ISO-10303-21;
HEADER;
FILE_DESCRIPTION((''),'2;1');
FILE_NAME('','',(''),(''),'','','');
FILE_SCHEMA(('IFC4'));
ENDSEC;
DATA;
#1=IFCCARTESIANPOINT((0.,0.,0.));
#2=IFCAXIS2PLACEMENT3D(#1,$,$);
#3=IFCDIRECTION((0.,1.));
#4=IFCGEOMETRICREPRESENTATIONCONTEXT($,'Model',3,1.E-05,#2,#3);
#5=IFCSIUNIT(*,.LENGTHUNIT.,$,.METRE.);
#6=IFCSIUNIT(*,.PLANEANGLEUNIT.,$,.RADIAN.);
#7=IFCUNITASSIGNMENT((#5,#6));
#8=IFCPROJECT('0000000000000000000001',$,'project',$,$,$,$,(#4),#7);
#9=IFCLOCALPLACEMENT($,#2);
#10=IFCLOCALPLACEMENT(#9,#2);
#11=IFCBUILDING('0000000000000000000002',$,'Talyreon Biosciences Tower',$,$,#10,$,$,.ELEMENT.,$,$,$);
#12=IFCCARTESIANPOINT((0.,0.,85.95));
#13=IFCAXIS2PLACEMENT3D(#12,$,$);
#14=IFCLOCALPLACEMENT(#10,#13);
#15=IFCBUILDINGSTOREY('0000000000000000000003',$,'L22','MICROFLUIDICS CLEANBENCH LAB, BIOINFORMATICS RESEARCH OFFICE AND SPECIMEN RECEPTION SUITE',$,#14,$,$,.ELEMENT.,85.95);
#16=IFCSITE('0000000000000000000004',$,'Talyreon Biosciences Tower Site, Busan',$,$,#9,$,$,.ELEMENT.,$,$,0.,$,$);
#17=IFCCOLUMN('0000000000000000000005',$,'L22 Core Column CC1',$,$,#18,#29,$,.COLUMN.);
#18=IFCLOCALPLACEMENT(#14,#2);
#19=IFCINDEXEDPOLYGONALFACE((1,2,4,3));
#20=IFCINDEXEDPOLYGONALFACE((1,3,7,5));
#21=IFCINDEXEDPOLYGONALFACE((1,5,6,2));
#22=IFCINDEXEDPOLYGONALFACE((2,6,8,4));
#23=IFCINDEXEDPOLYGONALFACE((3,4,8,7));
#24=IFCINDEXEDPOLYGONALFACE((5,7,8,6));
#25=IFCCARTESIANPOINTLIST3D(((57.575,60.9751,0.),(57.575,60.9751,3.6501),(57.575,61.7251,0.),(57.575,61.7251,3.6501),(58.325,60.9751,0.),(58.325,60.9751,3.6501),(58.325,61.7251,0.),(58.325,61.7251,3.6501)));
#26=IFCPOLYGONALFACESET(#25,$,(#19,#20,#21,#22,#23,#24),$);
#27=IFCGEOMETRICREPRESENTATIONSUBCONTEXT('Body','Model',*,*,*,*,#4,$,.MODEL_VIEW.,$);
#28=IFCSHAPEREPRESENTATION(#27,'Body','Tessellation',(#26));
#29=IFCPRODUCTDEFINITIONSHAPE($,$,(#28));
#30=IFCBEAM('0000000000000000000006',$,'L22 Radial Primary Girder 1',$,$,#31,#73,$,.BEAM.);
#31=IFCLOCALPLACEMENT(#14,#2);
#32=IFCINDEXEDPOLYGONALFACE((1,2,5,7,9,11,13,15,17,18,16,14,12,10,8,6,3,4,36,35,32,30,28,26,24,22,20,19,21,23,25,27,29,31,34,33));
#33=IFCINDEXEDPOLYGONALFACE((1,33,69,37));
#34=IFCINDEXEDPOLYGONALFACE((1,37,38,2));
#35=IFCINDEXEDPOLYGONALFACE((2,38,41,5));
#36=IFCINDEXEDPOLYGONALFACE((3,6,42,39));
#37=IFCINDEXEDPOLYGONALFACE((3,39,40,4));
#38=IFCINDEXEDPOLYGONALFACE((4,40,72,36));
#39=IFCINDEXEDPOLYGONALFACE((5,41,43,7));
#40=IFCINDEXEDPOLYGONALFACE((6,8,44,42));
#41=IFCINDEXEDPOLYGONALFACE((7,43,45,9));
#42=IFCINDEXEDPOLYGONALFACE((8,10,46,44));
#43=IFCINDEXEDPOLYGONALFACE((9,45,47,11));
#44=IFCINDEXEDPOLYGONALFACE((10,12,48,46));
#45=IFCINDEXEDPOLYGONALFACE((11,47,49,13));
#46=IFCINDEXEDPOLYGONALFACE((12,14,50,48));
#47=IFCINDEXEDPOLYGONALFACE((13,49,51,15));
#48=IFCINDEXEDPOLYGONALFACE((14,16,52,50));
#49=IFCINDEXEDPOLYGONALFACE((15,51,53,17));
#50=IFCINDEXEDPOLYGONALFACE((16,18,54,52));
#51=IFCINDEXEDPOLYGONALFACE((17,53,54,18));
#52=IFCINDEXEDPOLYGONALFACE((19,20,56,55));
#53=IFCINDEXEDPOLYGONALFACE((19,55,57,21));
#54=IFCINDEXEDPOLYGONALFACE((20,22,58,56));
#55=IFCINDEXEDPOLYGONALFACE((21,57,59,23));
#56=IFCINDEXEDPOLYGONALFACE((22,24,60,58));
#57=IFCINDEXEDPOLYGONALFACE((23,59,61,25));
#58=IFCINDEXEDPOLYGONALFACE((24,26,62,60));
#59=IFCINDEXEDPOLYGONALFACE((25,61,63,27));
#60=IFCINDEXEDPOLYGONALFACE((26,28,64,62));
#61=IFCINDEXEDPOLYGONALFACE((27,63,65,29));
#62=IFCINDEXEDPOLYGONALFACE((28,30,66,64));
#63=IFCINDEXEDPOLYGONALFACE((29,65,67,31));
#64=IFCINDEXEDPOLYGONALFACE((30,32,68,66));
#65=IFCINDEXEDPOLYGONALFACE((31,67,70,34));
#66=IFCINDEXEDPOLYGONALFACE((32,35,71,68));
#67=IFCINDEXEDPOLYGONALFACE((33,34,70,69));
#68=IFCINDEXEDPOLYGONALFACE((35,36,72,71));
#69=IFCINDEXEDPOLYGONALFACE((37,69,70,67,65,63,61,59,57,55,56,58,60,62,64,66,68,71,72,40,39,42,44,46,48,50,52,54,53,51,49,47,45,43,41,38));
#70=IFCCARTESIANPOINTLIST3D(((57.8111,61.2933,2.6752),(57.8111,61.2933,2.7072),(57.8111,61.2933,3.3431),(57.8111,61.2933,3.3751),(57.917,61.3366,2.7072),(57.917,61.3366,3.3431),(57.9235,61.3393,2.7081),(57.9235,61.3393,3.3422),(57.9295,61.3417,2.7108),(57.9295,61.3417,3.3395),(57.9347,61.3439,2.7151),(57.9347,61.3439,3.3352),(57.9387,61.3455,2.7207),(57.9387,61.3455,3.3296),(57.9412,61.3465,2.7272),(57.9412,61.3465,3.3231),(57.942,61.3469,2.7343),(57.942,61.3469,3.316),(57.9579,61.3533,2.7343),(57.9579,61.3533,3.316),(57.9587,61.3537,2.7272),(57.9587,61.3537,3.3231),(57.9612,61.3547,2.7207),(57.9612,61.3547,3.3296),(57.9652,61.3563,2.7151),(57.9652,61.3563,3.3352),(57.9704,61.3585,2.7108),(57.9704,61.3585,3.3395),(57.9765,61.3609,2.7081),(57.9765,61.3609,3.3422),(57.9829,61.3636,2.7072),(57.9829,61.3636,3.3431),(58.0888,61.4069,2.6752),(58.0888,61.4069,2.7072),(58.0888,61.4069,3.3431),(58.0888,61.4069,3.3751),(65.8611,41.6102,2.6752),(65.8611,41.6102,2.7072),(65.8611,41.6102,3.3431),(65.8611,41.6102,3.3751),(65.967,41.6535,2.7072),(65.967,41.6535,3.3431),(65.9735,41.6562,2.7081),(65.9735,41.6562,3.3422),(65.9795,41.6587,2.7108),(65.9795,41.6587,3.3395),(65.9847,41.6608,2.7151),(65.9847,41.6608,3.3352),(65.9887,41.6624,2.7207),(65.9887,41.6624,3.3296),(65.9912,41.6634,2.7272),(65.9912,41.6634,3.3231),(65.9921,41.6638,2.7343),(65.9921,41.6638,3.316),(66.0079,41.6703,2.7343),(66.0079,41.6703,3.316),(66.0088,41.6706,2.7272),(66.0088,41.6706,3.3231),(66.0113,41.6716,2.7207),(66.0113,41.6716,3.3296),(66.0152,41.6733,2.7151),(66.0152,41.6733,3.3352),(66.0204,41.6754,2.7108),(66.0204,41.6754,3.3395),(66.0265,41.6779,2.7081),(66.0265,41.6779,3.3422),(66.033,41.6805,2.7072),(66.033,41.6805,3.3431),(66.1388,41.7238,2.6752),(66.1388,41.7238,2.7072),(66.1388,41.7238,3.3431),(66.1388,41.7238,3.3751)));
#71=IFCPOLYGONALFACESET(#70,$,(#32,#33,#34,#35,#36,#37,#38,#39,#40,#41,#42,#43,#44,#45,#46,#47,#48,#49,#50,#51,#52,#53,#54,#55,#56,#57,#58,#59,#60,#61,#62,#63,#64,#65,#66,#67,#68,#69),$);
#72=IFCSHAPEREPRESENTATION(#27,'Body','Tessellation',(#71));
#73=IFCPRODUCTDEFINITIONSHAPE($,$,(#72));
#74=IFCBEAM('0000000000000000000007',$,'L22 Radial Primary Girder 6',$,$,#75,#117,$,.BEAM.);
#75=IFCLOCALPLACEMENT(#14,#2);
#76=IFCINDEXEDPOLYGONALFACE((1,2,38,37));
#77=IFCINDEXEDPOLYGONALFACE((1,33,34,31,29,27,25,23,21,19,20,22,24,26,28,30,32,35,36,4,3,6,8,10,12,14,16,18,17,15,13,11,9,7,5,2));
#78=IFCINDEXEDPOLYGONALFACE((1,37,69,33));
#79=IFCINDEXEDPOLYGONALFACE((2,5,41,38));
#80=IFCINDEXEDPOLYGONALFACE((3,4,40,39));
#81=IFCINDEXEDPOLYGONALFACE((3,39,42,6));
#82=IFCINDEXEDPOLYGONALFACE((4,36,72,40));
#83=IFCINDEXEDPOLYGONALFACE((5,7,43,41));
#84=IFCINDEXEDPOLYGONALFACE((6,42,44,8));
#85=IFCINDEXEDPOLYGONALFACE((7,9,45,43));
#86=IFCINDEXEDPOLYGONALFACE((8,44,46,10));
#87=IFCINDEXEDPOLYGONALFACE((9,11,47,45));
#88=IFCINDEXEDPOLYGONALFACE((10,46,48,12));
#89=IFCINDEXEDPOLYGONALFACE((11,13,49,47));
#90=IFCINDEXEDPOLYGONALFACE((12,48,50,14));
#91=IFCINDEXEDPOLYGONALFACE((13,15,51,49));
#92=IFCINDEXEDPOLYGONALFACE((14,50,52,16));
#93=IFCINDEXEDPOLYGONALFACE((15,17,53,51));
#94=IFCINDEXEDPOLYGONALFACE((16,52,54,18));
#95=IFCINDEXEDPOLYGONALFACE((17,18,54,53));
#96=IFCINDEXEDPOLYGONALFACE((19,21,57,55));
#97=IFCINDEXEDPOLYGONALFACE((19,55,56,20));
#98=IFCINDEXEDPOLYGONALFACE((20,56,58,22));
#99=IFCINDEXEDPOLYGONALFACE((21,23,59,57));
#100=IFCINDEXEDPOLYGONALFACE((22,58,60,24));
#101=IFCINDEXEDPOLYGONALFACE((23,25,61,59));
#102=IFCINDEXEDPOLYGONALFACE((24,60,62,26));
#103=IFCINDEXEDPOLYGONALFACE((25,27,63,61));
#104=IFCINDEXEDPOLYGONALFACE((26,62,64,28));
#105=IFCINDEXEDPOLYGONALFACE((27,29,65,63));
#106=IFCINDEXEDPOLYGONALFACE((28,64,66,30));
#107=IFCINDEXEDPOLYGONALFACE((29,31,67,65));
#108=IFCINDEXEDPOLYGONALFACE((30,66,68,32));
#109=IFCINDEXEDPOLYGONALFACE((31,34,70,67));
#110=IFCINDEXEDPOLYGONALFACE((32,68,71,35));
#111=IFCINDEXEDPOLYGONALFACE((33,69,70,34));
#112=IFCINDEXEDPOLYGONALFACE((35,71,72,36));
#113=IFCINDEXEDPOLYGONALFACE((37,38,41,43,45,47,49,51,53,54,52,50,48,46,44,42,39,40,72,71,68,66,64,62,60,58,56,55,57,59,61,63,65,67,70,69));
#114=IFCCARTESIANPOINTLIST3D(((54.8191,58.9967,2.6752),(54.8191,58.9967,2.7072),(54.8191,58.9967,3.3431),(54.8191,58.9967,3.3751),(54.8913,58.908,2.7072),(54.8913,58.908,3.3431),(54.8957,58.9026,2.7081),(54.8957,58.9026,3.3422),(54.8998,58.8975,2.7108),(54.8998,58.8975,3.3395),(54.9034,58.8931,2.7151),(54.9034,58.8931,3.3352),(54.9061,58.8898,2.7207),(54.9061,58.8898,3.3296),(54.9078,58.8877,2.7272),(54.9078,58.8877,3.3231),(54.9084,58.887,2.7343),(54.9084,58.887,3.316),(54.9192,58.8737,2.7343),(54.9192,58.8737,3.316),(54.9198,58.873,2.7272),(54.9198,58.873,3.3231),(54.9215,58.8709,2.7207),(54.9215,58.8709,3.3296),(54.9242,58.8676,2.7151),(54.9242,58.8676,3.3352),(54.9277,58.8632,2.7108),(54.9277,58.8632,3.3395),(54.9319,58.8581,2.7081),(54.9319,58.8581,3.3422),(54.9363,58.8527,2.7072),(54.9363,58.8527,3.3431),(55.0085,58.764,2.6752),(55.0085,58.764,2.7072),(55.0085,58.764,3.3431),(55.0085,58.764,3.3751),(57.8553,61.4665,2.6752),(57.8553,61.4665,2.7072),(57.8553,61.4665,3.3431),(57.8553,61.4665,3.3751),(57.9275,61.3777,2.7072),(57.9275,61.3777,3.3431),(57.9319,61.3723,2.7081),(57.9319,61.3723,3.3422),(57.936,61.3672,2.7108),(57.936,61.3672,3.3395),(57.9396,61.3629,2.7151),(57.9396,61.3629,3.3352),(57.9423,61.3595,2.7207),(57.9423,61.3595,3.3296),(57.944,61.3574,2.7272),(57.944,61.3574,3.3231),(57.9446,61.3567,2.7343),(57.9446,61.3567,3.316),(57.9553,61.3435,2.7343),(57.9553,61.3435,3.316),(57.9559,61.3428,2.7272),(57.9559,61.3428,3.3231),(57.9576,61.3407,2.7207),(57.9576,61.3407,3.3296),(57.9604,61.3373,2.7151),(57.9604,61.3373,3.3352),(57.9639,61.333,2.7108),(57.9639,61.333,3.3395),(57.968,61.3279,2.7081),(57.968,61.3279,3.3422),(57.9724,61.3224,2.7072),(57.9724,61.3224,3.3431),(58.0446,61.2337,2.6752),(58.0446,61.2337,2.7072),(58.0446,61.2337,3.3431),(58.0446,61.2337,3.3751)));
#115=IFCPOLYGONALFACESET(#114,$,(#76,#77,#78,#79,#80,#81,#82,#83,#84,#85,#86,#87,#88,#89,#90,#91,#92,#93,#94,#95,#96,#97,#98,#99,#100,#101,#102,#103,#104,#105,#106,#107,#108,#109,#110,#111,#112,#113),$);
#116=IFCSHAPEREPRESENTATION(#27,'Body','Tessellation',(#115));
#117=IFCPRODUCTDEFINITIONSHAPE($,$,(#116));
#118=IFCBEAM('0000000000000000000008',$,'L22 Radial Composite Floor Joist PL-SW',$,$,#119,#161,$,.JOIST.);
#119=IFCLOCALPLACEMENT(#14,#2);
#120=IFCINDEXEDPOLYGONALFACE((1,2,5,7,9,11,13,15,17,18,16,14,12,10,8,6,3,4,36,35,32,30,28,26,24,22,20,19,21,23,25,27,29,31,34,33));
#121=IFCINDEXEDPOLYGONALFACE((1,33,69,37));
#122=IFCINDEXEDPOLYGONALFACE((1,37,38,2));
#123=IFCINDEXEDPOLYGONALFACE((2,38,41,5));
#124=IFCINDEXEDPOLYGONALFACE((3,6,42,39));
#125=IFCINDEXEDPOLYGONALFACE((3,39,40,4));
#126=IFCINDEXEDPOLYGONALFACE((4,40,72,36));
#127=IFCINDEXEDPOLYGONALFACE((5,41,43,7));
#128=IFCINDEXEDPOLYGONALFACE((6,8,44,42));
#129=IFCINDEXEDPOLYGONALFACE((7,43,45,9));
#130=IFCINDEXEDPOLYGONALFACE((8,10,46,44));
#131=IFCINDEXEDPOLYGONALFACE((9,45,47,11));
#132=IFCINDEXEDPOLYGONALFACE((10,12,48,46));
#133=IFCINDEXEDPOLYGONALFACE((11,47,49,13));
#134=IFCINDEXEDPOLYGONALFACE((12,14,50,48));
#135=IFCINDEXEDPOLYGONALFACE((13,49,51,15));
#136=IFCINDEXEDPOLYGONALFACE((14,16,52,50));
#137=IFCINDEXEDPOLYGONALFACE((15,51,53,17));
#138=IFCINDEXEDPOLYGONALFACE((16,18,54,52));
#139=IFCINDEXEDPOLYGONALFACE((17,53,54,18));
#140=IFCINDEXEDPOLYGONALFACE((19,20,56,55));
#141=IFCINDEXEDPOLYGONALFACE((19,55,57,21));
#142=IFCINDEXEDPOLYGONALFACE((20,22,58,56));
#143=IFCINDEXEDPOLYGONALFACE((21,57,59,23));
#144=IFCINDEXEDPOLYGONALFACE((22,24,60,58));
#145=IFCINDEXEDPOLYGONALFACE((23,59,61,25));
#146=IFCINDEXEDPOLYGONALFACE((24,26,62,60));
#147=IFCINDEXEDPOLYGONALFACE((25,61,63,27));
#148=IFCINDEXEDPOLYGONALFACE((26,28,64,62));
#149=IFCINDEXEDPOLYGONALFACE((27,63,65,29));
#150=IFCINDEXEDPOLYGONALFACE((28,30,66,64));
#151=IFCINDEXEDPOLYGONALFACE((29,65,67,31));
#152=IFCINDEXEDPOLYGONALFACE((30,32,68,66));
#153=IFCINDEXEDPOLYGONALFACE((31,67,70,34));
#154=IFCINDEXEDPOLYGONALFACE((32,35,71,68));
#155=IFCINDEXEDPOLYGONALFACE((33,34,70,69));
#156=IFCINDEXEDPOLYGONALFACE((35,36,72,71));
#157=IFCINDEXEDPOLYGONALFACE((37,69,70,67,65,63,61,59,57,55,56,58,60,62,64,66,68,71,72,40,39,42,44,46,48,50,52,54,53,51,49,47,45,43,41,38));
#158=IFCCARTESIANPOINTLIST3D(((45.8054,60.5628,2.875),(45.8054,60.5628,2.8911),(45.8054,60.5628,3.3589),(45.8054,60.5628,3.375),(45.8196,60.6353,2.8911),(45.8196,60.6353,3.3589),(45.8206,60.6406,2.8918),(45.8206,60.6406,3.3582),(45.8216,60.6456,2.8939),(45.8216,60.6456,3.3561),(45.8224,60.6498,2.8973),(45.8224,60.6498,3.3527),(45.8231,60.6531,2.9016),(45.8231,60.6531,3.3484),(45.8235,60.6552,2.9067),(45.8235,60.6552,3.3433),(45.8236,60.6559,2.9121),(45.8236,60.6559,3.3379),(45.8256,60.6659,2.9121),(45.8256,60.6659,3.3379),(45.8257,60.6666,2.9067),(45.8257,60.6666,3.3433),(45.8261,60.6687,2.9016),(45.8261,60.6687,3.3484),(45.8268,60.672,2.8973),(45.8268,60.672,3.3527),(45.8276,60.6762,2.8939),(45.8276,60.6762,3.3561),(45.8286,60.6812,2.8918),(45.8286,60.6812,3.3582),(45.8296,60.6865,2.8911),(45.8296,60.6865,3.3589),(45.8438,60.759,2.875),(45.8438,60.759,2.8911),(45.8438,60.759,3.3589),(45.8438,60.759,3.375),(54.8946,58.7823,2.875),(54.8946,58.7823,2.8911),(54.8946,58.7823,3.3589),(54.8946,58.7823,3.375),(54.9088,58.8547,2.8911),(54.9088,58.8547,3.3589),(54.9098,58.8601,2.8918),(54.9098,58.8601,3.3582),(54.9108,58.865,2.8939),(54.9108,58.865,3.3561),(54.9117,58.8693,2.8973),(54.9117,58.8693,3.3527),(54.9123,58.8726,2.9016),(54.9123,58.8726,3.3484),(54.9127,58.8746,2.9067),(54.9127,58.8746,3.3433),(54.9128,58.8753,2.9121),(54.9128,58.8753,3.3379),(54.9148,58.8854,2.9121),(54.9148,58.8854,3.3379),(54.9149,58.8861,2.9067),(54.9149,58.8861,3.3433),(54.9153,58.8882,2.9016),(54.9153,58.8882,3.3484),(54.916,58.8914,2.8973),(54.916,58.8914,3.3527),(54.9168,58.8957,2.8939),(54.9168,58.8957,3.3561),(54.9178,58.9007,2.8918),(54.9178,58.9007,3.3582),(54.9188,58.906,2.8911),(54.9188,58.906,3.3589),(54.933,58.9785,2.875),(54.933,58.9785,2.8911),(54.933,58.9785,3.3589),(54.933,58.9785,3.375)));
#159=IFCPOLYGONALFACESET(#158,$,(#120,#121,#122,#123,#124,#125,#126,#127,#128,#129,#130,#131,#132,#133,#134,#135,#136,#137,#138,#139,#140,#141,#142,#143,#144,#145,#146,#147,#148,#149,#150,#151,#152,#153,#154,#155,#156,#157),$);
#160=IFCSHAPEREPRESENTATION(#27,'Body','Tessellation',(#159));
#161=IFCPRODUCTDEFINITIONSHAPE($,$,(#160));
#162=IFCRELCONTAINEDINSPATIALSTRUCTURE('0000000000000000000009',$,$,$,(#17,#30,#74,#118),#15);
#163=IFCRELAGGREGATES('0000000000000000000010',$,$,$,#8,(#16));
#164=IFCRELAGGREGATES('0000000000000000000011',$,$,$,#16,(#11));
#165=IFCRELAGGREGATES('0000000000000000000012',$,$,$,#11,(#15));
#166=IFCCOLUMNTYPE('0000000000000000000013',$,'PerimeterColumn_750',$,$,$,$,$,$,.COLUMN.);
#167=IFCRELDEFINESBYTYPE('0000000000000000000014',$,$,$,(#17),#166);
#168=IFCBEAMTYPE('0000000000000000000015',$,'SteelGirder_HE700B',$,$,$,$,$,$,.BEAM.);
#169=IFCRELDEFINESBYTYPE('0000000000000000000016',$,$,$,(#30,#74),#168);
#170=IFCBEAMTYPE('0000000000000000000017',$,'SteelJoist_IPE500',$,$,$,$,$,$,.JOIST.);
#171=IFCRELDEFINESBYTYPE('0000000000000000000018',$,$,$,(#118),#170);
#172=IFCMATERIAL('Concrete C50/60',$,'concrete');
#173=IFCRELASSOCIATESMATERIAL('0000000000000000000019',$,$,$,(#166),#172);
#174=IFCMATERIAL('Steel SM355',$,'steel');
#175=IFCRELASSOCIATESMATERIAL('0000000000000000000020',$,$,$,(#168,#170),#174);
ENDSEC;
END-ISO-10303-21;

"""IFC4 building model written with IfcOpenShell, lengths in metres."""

from ifc_helpers import new_model, si_unit, direction, frame, origin, origin_2d, place, context, subcontext, project, spatial, rectangle, i_section, extrude, material, material_profile, profile_set, type_object, element, save


model = new_model("IFC4")

# Units and contexts
model_context = context("Model", 3, precision=1e-05, world=origin(), true_north=direction((0.0, 1.0)))
body_context = subcontext(model_context, "Body", "Model", "MODEL_VIEW")
ifc_project = project(units=[si_unit("LENGTHUNIT", "METRE"), si_unit("PLANEANGLEUNIT", "RADIAN")], contexts=[model_context])

# Site, building, storey
site_placement = place(None, origin())
site = spatial("IfcSite", under=ifc_project, at=site_placement, Name="Talyreon Biosciences Tower Site, Busan", CompositionType="ELEMENT", RefElevation=0.0)
building_placement = place(site_placement, origin())
building = spatial("IfcBuilding", under=site, at=building_placement, Name="Talyreon Biosciences Tower", CompositionType="ELEMENT")
storey_placement = place(building_placement, frame((0.0, 0.0, 85.95)))
storey = spatial("IfcBuildingStorey", under=building, at=storey_placement, Name="L22", Description="MICROFLUIDICS CLEANBENCH LAB, BIOINFORMATICS RESEARCH OFFICE AND SPECIMEN RECEPTION SUITE", CompositionType="ELEMENT", Elevation=85.95)

# Column
ifc_material_1 = material(Name="Concrete C50/60", Category="concrete")
ifc_material_profile_1 = material_profile(ifc_material_1, rectangle(XDim=0.75, YDim=0.75, at=origin_2d()), Name="RC 750x750")
ifc_profile_set_1 = profile_set([ifc_material_profile_1], Name="Concrete C50/60")
column_type = type_object("IfcColumnType", Name="PerimeterColumn_750", PredefinedType="COLUMN", material=ifc_profile_set_1)
column_placement = place(storey_placement, frame((57.95, 61.3501, 0.0), z_axis=(0.0, 0.0, 1.0), x_axis=(1.0, 0.0, 0.0)))
element("IfcColumn", 1, at=column_placement, inside=storey, type_object=column_type, Name="L22 Core Column CC1", PredefinedType="COLUMN", context=body_context, shape_type="SweptSolid", body=[
    extrude(rectangle(XDim=0.75, YDim=0.75, at=origin_2d()), origin(), (0.0, 0.0, 1.0), 3.6501),
])

# Beams
ifc_material_2 = material(Name="Steel SM355", Category="steel")
ifc_material_profile_2 = material_profile(ifc_material_2, i_section(OverallWidth=0.3, OverallDepth=0.7, WebThickness=0.0171, FlangeThickness=0.032, FilletRadius=0.0271, at=origin_2d()), Name="HE700B")
ifc_profile_set_2 = profile_set([ifc_material_profile_2], Name="Steel SM355")
beam_type_1 = type_object("IfcBeamType", Name="SteelGirder_HE700B", PredefinedType="BEAM", material=ifc_profile_set_2)
beam_1_placement = place(storey_placement, frame((57.95, 61.3501, 3.0251), z_axis=(0.378547, -0.925582, 0.0), x_axis=(0.925582, 0.378547, 0.0)))
element("IfcBeam", 2, at=beam_1_placement, inside=storey, type_object=beam_type_1, Name="L22 Radial Primary Girder 1", PredefinedType="BEAM", context=body_context, shape_type="SweptSolid", body=[
    extrude(i_section(OverallWidth=0.3, OverallDepth=0.7, WebThickness=0.0171, FlangeThickness=0.032, FilletRadius=0.0271, at=origin_2d()), origin(), (0.0, 0.0, 1.0), 21.2656),
])
beam_2_placement = place(storey_placement, frame((57.95, 61.3501, 3.0251), z_axis=(-0.775755, -0.631034, 0.0), x_axis=(0.631034, -0.775755, 0.0)))
element("IfcBeam", 3, at=beam_2_placement, inside=storey, type_object=beam_type_1, Name="L22 Radial Primary Girder 6", PredefinedType="BEAM", context=body_context, shape_type="SweptSolid", body=[
    extrude(i_section(OverallWidth=0.3, OverallDepth=0.7, WebThickness=0.0171, FlangeThickness=0.032, FilletRadius=0.0271, at=origin_2d()), origin(), (0.0, 0.0, 1.0), 3.9138),
])
ifc_material_profile_3 = material_profile(ifc_material_2, i_section(OverallWidth=0.2, OverallDepth=0.5, WebThickness=0.0103, FlangeThickness=0.0161, FilletRadius=0.021, at=origin_2d()), Name="IPE500")
ifc_profile_set_3 = profile_set([ifc_material_profile_3], Name="Steel SM355")
beam_type_2 = type_object("IfcBeamType", Name="SteelJoist_IPE500", PredefinedType="JOIST", material=ifc_profile_set_3)
beam_3_placement = place(storey_placement, frame((54.9138, 58.8804, 3.125), z_axis=(-0.981348, 0.192242, 0.0), x_axis=(-0.192242, -0.981348, 0.0)))
element("IfcBeam", 4, at=beam_3_placement, inside=storey, type_object=beam_type_2, Name="L22 Radial Composite Floor Joist PL-SW", PredefinedType="JOIST", context=body_context, shape_type="SweptSolid", body=[
    extrude(i_section(OverallWidth=0.2, OverallDepth=0.5, WebThickness=0.0103, FlangeThickness=0.0161, FilletRadius=0.021, at=origin_2d()), origin(), (0.0, 0.0, 1.0), 9.262),
])

save(model, "model.ifc")
